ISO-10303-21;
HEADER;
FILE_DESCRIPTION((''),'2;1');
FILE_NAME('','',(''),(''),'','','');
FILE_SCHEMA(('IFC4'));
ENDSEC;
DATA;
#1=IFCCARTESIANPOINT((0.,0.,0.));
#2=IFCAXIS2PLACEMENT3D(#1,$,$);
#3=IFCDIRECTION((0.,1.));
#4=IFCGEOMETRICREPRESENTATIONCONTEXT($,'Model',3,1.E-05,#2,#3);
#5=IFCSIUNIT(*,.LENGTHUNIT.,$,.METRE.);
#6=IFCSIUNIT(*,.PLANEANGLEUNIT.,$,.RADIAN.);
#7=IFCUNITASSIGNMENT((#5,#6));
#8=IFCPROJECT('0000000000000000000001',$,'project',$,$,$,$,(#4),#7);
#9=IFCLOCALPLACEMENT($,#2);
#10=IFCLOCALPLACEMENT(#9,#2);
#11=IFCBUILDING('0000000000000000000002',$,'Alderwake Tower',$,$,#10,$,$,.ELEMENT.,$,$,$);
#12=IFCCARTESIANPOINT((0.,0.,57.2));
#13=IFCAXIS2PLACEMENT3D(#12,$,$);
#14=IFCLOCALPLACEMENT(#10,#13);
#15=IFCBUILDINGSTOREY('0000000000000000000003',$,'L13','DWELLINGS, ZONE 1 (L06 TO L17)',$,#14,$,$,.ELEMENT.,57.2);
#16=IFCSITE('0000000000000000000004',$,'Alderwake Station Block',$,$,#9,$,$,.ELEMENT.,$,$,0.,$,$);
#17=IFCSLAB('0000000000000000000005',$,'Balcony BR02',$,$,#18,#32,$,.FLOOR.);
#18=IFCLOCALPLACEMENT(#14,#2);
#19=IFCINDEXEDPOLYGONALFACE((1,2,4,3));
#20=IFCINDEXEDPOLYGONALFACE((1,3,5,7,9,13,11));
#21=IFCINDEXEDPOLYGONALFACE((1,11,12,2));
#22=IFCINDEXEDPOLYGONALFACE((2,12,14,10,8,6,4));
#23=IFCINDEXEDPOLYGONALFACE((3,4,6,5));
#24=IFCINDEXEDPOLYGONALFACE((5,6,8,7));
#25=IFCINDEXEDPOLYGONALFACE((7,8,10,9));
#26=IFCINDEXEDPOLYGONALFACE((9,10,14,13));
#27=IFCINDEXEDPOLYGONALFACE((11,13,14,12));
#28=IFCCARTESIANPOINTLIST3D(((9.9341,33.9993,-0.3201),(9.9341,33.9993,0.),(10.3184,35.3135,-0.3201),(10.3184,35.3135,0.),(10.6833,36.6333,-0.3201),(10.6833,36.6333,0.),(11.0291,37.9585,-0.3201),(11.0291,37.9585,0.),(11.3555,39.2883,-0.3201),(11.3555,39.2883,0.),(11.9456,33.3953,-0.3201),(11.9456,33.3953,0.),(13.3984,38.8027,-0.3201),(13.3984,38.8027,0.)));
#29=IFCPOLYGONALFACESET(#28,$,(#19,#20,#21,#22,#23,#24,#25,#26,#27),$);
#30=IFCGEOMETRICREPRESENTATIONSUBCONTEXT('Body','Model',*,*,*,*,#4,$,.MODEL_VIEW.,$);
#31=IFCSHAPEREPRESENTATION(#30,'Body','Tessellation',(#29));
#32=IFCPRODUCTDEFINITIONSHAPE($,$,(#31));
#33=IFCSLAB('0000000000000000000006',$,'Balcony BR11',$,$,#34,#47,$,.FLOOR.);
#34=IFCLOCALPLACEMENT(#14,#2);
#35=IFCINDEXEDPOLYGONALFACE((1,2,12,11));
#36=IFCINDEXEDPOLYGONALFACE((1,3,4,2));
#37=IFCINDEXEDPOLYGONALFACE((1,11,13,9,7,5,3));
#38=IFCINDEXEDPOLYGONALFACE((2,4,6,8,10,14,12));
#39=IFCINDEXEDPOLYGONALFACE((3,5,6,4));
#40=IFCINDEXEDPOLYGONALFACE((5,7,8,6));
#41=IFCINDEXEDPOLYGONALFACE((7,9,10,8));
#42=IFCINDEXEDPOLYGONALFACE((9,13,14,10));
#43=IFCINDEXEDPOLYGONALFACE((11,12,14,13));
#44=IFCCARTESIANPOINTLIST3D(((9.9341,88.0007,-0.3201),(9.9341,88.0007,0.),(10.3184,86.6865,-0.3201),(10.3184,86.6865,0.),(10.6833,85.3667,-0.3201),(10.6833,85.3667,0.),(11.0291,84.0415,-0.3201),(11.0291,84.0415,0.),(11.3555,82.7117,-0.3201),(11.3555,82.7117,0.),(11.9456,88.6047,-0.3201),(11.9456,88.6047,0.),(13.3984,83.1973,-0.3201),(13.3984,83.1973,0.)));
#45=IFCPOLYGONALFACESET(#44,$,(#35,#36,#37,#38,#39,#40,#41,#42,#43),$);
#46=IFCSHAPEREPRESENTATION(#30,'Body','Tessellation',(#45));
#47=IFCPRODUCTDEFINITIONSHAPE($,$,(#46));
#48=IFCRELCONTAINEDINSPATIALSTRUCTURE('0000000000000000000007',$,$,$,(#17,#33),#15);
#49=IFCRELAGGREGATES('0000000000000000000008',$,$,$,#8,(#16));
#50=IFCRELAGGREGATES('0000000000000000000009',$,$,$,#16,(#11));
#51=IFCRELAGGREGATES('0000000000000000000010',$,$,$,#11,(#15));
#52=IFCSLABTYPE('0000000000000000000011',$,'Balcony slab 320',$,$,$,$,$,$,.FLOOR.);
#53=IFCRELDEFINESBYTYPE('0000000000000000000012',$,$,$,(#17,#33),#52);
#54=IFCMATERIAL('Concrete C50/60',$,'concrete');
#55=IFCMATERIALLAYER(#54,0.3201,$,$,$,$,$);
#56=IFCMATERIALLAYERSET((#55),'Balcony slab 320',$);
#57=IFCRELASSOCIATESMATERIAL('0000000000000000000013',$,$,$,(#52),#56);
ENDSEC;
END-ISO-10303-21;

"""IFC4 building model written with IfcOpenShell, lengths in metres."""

from ifc_helpers import new_model, si_unit, direction, frame, origin, place, context, subcontext, project, spatial, polyline, outline, extrude, material, layer, layer_set, type_object, element, save


model = new_model("IFC4")

# Units and contexts
model_context = context("Model", 3, precision=1e-05, world=origin(), true_north=direction((0.0, 1.0)))
body_context = subcontext(model_context, "Body", "Model", "MODEL_VIEW")
ifc_project = project(units=[si_unit("LENGTHUNIT", "METRE"), si_unit("PLANEANGLEUNIT", "RADIAN")], contexts=[model_context])

# Site, building, storey
site_placement = place(None, origin())
site = spatial("IfcSite", under=ifc_project, at=site_placement, Name="Alderwake Station Block", CompositionType="ELEMENT", RefElevation=0.0)
building_placement = place(site_placement, origin())
building = spatial("IfcBuilding", under=site, at=building_placement, Name="Alderwake Tower", CompositionType="ELEMENT")
storey_placement = place(building_placement, frame((0.0, 0.0, 57.2)))
storey = spatial("IfcBuildingStorey", under=building, at=storey_placement, Name="L13", Description="DWELLINGS, ZONE 1 (L06 TO L17)", CompositionType="ELEMENT", Elevation=57.2)

# Slabs
ifc_material_1 = material(Name="Concrete C50/60", Category="concrete")
ifc_layer_1 = layer(ifc_material_1, 0.3201)
ifc_layer_set_1 = layer_set([ifc_layer_1], Name="Balcony slab 320")
slab_type_1 = type_object("IfcSlabType", Name="Balcony slab 320", PredefinedType="FLOOR", material=ifc_layer_set_1)
slab_1_placement = place(storey_placement, frame((0.0, 0.0, -0.3201)))
element("IfcSlab", 1, at=slab_1_placement, inside=storey, type_object=slab_type_1, Name="Balcony BR02", PredefinedType="FLOOR", context=body_context, shape_type="SweptSolid", body=[
    extrude(outline(polyline([(9.9341, 33.9993), (11.9456, 33.3953), (13.3984, 38.8027), (11.3555, 39.2883), (11.0291, 37.9585), (10.6833, 36.6333), (10.3184, 35.3135), (9.9341, 33.9993)])), origin(), (0.0, 0.0, 1.0), 0.3201),
])
slab_2_placement = place(storey_placement, frame((0.0, 0.0, -0.3201)))
element("IfcSlab", 2, at=slab_2_placement, inside=storey, type_object=slab_type_1, Name="Balcony BR11", PredefinedType="FLOOR", context=body_context, shape_type="SweptSolid", body=[
    extrude(outline(polyline([(11.3555, 82.7117), (13.3984, 83.1973), (11.9456, 88.6047), (9.9341, 88.0007), (10.3184, 86.6865), (10.6833, 85.3667), (11.0291, 84.0415), (11.3555, 82.7117)])), origin(), (0.0, 0.0, 1.0), 0.3201),
])

save(model, "model.ifc")
